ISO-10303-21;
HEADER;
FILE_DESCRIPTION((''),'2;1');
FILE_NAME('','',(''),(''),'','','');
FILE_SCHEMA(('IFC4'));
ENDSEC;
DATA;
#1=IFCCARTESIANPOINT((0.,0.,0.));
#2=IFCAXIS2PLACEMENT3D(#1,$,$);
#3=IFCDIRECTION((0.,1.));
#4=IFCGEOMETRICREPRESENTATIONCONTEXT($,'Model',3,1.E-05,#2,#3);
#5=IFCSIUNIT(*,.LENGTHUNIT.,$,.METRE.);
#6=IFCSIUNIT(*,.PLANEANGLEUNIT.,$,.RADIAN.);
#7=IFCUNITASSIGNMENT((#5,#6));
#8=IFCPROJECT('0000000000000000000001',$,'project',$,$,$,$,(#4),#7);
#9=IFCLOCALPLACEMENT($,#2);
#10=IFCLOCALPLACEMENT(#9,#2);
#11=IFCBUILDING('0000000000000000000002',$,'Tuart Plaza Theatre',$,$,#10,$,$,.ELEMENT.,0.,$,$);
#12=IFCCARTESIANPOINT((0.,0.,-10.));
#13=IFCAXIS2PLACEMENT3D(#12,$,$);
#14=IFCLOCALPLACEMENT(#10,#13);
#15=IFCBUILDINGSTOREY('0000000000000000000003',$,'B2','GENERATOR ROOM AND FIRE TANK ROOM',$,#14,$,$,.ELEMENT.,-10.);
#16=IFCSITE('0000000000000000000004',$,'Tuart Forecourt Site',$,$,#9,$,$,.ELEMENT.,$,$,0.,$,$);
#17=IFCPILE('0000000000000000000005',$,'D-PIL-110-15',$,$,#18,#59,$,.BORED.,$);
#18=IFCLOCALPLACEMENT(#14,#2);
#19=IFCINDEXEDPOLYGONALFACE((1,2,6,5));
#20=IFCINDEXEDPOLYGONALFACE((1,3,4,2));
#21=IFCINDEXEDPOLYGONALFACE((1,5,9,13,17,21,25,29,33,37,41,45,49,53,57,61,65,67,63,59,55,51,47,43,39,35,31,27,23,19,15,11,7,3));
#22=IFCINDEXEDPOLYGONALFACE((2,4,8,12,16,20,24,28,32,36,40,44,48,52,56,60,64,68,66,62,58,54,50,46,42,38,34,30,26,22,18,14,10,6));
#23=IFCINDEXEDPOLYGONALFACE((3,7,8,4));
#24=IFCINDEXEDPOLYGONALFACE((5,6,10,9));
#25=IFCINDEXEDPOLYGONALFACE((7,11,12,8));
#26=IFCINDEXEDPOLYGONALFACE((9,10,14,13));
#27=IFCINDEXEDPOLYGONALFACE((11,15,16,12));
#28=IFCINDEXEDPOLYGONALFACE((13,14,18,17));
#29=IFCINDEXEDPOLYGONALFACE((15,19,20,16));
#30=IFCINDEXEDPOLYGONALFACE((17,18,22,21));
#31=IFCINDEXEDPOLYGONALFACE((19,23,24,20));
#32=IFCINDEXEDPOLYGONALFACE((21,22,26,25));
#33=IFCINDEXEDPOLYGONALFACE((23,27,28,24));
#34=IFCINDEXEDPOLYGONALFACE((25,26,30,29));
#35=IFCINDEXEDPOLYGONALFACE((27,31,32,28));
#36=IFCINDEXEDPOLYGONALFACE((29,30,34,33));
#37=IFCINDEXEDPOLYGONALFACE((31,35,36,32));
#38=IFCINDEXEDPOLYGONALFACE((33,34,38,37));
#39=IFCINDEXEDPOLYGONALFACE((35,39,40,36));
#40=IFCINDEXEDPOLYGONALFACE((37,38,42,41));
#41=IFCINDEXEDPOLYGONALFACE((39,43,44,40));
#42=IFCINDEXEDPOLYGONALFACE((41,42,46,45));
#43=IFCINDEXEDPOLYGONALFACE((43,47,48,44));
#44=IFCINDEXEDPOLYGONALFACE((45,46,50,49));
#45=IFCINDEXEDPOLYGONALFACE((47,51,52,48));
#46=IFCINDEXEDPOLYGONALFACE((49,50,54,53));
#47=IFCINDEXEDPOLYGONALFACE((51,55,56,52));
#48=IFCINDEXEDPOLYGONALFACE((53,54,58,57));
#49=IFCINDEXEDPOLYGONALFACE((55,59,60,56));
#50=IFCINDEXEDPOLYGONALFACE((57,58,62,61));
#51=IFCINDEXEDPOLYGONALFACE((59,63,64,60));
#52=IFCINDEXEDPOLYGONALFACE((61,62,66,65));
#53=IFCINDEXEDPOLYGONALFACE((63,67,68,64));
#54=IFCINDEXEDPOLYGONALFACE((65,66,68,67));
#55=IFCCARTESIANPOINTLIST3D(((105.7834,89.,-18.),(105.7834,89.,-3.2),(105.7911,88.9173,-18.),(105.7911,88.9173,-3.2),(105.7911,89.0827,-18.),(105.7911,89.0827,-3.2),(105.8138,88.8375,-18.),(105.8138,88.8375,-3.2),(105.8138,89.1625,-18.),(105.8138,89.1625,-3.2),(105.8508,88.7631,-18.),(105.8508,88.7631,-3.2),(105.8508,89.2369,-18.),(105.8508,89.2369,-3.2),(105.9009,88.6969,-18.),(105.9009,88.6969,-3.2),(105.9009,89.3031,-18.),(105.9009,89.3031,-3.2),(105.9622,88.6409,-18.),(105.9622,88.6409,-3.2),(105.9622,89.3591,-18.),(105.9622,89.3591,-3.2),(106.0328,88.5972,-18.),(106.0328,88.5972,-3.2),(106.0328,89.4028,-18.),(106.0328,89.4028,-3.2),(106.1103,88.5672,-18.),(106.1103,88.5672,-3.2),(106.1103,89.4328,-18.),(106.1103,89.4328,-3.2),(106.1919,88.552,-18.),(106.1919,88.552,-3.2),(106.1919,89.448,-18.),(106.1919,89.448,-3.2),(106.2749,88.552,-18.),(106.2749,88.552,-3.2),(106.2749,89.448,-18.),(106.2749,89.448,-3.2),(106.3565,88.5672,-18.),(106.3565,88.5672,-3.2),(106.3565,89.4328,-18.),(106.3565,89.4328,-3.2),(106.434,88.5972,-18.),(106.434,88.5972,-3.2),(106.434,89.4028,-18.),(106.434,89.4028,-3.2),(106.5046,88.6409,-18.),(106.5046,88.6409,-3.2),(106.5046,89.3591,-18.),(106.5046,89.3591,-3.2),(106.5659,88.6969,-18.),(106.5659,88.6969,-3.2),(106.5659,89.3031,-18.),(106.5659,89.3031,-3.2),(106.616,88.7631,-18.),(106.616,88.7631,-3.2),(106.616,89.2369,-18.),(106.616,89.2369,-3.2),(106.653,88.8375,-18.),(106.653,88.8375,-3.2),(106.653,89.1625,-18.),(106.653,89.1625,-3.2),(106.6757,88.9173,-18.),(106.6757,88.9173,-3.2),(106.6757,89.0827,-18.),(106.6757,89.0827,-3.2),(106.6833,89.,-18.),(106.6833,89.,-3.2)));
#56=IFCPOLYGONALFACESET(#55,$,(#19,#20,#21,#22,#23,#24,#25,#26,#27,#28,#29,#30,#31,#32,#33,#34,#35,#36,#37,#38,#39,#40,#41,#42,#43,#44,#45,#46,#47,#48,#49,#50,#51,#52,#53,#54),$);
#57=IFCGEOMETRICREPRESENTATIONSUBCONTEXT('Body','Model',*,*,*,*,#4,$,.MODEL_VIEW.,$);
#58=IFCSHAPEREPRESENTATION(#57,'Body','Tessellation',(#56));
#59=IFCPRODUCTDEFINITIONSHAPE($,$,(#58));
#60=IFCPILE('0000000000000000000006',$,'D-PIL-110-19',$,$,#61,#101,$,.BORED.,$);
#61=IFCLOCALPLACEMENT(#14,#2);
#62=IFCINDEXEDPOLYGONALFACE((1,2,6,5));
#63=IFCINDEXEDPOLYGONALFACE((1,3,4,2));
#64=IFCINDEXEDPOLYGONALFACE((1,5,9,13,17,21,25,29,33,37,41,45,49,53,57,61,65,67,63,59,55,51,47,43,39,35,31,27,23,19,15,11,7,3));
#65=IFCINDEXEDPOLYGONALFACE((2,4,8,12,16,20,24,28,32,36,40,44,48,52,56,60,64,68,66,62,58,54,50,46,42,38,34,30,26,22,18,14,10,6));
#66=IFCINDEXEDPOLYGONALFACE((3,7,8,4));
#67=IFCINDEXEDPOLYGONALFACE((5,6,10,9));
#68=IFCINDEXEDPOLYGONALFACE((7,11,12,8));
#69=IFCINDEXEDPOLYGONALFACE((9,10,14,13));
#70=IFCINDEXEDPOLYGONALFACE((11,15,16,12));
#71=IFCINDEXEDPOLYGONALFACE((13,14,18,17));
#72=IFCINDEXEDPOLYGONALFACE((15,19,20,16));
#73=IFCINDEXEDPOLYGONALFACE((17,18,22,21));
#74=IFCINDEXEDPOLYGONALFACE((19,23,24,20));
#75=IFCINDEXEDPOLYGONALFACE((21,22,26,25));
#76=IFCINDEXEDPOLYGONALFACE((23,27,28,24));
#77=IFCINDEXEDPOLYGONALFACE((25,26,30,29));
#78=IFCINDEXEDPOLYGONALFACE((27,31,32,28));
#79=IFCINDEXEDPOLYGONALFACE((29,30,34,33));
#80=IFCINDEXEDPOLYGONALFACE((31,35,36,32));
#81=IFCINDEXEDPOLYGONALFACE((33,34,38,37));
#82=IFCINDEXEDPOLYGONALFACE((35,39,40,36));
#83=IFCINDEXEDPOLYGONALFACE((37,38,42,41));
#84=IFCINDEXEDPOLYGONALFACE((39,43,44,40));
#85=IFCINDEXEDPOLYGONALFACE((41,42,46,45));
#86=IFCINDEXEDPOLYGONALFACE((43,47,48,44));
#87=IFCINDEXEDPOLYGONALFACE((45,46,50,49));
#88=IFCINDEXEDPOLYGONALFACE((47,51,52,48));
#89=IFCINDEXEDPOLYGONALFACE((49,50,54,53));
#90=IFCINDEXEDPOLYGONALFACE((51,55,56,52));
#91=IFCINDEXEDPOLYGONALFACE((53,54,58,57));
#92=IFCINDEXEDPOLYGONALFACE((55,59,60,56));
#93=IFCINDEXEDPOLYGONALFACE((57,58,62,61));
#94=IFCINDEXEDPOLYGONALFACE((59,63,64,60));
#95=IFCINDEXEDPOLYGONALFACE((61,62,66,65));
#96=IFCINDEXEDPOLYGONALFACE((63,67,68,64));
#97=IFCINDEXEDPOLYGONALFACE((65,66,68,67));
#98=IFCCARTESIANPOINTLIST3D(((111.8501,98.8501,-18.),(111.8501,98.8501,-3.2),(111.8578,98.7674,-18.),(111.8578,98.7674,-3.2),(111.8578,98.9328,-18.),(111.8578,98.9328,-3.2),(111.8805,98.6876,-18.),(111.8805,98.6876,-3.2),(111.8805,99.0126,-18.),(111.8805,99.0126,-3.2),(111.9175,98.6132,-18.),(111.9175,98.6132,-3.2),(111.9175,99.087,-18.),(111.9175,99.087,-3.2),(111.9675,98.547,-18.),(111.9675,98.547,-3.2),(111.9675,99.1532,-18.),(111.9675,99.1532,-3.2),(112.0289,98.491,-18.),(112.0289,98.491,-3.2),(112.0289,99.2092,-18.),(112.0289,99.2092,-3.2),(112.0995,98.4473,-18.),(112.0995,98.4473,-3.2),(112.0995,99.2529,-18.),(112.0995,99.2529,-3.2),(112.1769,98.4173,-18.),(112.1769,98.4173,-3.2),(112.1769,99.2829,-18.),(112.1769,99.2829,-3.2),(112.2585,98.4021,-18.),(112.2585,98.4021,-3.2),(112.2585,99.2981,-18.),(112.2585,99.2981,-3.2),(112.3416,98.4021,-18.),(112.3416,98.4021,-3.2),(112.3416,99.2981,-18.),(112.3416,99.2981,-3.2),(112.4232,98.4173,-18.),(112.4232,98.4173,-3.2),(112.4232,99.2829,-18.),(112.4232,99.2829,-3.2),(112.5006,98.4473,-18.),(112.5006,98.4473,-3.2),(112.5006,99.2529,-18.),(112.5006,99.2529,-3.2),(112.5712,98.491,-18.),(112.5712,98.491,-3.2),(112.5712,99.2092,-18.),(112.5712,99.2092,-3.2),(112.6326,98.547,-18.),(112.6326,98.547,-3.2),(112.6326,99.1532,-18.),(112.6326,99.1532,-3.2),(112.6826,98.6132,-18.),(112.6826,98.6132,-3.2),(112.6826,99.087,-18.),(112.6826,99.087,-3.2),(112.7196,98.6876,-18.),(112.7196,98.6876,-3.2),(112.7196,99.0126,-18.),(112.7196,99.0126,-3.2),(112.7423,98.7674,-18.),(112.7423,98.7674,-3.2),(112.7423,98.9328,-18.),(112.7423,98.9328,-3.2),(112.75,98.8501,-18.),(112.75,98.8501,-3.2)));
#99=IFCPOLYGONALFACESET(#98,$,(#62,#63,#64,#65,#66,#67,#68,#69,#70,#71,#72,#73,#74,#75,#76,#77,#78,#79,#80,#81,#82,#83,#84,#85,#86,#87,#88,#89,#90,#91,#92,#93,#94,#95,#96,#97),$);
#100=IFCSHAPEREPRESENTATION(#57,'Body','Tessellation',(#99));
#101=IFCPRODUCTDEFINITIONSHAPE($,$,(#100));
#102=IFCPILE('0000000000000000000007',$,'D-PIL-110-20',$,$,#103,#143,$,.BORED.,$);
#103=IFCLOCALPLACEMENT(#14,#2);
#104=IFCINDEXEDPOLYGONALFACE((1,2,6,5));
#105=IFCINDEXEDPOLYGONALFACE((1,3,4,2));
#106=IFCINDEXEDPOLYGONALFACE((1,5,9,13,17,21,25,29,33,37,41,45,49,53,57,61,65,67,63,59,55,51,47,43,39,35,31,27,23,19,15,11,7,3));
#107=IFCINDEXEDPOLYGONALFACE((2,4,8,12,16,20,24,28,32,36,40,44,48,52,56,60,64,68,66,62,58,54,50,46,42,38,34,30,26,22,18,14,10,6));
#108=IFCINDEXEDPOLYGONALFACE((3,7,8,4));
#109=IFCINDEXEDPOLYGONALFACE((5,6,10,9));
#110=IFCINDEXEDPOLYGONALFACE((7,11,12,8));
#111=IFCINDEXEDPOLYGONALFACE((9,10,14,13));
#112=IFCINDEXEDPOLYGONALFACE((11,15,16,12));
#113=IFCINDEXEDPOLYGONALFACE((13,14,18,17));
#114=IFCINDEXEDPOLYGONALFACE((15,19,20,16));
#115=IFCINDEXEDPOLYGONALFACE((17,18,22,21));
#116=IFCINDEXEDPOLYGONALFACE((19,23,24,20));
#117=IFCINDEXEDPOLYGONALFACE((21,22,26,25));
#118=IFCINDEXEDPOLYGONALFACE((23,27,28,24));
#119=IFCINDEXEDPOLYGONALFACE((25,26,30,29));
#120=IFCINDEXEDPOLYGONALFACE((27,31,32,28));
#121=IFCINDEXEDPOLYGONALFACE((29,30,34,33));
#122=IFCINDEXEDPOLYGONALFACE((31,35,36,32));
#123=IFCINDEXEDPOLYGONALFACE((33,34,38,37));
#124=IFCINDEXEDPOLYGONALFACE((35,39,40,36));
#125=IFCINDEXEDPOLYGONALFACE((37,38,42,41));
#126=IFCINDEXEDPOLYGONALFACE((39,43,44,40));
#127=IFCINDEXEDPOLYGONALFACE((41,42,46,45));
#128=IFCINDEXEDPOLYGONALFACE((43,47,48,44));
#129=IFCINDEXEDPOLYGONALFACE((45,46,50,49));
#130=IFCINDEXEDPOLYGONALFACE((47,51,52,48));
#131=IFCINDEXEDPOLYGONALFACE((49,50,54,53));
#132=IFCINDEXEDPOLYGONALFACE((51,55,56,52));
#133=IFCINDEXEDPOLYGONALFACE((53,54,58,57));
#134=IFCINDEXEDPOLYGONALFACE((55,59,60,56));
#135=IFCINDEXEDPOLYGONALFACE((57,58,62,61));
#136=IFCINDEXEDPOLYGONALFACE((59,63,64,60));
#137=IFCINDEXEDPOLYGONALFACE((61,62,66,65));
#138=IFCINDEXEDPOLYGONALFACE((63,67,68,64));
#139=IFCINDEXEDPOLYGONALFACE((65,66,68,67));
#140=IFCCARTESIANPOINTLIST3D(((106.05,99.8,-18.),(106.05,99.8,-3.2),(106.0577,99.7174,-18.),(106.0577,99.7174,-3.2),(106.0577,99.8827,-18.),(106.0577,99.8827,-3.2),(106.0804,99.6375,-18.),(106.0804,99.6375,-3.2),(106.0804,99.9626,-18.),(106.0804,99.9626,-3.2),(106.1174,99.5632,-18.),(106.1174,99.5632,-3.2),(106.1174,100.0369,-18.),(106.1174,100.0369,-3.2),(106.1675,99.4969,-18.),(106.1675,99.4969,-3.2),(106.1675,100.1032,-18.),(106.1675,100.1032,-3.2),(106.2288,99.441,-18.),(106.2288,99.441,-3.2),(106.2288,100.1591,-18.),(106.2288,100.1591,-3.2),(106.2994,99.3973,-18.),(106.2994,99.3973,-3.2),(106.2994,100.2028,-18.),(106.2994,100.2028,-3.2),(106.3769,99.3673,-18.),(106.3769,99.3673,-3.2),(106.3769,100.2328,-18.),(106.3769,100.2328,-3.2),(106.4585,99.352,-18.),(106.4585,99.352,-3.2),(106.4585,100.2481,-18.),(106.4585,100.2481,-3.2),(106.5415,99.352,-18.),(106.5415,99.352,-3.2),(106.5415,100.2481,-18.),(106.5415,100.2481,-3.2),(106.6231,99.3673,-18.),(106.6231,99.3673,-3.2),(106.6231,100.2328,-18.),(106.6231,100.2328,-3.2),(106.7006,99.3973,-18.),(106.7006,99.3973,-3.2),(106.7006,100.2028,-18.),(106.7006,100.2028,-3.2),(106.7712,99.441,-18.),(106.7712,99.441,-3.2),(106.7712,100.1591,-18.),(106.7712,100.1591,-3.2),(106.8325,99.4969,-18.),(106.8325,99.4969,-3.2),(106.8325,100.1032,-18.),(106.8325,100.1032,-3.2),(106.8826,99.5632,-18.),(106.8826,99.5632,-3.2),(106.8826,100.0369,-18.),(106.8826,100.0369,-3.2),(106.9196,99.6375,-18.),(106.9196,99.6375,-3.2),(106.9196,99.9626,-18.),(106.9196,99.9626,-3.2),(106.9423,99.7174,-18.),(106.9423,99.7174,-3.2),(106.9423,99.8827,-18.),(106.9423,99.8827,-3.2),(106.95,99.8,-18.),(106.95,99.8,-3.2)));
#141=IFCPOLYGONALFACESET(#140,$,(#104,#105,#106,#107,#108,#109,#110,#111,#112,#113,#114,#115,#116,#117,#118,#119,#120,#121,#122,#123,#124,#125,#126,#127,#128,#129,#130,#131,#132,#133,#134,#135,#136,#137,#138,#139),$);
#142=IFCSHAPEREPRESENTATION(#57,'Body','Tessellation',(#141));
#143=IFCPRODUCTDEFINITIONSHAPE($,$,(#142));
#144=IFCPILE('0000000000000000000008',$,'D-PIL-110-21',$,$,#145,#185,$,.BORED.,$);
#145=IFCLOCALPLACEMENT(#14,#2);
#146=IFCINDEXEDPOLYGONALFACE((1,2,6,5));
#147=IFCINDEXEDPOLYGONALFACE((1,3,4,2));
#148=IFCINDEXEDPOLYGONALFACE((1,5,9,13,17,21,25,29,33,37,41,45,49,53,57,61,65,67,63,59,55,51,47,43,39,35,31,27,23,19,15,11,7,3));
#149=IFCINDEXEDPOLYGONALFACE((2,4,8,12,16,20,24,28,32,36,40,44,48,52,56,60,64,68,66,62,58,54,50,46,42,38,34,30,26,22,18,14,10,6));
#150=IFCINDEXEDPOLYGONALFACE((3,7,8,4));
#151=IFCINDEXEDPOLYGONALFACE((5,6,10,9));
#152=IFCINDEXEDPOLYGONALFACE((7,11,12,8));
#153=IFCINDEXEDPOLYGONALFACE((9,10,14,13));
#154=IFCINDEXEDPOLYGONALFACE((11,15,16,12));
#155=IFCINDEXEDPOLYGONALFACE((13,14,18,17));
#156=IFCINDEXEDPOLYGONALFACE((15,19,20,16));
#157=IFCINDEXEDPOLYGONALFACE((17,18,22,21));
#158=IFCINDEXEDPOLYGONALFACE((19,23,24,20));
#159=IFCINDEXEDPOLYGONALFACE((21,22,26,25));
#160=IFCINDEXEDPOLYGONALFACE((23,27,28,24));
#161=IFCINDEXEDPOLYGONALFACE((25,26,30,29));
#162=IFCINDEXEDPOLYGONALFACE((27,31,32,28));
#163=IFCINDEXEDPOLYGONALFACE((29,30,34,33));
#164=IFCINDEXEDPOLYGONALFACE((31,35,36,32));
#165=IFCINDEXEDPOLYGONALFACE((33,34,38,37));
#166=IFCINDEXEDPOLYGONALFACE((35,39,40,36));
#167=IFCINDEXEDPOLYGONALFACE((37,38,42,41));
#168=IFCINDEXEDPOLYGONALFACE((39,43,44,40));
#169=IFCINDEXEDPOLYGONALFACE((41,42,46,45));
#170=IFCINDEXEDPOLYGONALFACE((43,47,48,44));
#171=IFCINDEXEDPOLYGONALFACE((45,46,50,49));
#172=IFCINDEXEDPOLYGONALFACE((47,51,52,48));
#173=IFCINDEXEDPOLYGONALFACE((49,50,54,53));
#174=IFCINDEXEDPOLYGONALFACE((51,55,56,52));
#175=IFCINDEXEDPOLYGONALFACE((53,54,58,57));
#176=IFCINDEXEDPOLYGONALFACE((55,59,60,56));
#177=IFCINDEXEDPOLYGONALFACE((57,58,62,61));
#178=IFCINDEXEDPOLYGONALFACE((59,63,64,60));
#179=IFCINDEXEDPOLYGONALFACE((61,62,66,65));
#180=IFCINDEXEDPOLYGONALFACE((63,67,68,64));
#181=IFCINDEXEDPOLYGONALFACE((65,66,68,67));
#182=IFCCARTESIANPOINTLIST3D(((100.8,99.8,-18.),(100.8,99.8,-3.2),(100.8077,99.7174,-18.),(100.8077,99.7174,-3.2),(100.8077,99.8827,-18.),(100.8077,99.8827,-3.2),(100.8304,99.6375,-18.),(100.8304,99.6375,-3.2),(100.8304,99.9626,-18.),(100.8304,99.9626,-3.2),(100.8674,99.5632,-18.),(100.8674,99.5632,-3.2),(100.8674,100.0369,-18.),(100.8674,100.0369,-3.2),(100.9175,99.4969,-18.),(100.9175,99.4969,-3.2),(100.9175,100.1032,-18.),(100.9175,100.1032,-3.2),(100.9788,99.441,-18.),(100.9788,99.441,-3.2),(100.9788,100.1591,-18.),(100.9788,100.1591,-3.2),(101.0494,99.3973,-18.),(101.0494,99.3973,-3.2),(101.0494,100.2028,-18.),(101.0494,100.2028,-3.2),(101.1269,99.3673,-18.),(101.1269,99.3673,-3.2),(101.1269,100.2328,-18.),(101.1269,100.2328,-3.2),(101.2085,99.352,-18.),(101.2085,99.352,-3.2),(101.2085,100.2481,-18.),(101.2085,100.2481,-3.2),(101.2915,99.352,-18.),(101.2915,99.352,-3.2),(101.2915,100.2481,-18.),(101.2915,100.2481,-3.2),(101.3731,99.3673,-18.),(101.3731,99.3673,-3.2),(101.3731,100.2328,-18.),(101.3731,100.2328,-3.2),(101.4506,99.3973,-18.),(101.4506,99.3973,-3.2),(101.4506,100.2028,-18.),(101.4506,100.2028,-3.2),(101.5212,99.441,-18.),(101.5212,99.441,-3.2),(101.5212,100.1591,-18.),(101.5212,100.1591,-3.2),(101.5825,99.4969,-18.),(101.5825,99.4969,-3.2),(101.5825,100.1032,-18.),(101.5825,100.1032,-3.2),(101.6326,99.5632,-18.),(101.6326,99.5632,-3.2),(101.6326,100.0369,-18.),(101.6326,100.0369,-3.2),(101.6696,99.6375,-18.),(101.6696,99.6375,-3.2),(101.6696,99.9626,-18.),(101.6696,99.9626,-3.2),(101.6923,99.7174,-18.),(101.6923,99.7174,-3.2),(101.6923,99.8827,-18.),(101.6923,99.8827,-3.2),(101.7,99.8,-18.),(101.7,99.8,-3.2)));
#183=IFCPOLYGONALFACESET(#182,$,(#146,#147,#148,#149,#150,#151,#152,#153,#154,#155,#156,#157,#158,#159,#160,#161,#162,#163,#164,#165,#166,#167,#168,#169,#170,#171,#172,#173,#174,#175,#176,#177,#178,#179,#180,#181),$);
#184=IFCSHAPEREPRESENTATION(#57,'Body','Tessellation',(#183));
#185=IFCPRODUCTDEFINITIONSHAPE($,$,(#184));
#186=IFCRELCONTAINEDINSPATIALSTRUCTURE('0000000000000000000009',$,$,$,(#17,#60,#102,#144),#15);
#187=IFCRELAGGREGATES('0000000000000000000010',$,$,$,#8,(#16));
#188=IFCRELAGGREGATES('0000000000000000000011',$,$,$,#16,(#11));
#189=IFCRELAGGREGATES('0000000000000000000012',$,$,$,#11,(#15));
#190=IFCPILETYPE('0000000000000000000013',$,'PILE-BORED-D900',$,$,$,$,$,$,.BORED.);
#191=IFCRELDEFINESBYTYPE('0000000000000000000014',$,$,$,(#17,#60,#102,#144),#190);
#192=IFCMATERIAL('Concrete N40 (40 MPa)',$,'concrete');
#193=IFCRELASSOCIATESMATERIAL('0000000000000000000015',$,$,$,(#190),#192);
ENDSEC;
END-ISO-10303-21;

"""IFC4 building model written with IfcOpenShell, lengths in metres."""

from ifc_helpers import new_model, si_unit, direction, frame, origin, origin_2d, place, context, subcontext, project, spatial, circle, extrude, material, material_profile, profile_set, type_object, element, save


model = new_model("IFC4")

# Units and contexts
model_context = context("Model", 3, precision=1e-05, world=origin(), true_north=direction((0.0, 1.0)))
body_context = subcontext(model_context, "Body", "Model", "MODEL_VIEW")
ifc_project = project(units=[si_unit("LENGTHUNIT", "METRE"), si_unit("PLANEANGLEUNIT", "RADIAN")], contexts=[model_context])

# Site, building, storey
site_placement = place(None, origin())
site = spatial("IfcSite", under=ifc_project, at=site_placement, Name="Tuart Forecourt Site", CompositionType="ELEMENT", RefElevation=0.0)
building_placement = place(site_placement, origin())
building = spatial("IfcBuilding", under=site, at=building_placement, Name="Tuart Plaza Theatre", CompositionType="ELEMENT", ElevationOfRefHeight=0.0)
storey_placement = place(building_placement, frame((0.0, 0.0, -10.0)))
storey = spatial("IfcBuildingStorey", under=building, at=storey_placement, Name="B2", Description="GENERATOR ROOM AND FIRE TANK ROOM", CompositionType="ELEMENT", Elevation=-10.0)

# Piles
ifc_material_1 = material(Name="Concrete N40 (40 MPa)", Category="concrete")
ifc_material_profile_1 = material_profile(ifc_material_1, circle(Radius=0.45, at=origin_2d()), Name="PILE-BORED-D900")
ifc_profile_set_1 = profile_set([ifc_material_profile_1], Name="Concrete N40 (40 MPa)")
pile_type_1 = type_object("IfcPileType", Name="PILE-BORED-D900", PredefinedType="BORED", material=ifc_profile_set_1)
for number, where, z_axis, x_axis, name in (
    (1, (106.2334, 89.0, -3.2), (0.0, 0.0, -1.0), (1.0, 0.0, 0.0), "D-PIL-110-15"),
    (2, (112.3, 98.8501, -3.2), (0.0, 0.0, -1.0), (1.0, 0.0, 0.0), "D-PIL-110-19"),
    (3, (106.5, 99.8, -3.2), (0.0, 0.0, -1.0), (1.0, 0.0, 0.0), "D-PIL-110-20"),
    (4, (101.25, 99.8, -3.2), (0.0, 0.0, -1.0), (1.0, 0.0, 0.0), "D-PIL-110-21"),
):
    element("IfcPile", number, at=place(storey_placement, frame(where, z_axis=z_axis, x_axis=x_axis)), inside=storey, type_object=pile_type_1, Name=name, PredefinedType="BORED", context=body_context, shape_type="SweptSolid", body=[
        extrude(circle(Radius=0.45, at=origin_2d()), origin(), (0.0, 0.0, 1.0), 14.8),
    ])

save(model, "model.ifc")
